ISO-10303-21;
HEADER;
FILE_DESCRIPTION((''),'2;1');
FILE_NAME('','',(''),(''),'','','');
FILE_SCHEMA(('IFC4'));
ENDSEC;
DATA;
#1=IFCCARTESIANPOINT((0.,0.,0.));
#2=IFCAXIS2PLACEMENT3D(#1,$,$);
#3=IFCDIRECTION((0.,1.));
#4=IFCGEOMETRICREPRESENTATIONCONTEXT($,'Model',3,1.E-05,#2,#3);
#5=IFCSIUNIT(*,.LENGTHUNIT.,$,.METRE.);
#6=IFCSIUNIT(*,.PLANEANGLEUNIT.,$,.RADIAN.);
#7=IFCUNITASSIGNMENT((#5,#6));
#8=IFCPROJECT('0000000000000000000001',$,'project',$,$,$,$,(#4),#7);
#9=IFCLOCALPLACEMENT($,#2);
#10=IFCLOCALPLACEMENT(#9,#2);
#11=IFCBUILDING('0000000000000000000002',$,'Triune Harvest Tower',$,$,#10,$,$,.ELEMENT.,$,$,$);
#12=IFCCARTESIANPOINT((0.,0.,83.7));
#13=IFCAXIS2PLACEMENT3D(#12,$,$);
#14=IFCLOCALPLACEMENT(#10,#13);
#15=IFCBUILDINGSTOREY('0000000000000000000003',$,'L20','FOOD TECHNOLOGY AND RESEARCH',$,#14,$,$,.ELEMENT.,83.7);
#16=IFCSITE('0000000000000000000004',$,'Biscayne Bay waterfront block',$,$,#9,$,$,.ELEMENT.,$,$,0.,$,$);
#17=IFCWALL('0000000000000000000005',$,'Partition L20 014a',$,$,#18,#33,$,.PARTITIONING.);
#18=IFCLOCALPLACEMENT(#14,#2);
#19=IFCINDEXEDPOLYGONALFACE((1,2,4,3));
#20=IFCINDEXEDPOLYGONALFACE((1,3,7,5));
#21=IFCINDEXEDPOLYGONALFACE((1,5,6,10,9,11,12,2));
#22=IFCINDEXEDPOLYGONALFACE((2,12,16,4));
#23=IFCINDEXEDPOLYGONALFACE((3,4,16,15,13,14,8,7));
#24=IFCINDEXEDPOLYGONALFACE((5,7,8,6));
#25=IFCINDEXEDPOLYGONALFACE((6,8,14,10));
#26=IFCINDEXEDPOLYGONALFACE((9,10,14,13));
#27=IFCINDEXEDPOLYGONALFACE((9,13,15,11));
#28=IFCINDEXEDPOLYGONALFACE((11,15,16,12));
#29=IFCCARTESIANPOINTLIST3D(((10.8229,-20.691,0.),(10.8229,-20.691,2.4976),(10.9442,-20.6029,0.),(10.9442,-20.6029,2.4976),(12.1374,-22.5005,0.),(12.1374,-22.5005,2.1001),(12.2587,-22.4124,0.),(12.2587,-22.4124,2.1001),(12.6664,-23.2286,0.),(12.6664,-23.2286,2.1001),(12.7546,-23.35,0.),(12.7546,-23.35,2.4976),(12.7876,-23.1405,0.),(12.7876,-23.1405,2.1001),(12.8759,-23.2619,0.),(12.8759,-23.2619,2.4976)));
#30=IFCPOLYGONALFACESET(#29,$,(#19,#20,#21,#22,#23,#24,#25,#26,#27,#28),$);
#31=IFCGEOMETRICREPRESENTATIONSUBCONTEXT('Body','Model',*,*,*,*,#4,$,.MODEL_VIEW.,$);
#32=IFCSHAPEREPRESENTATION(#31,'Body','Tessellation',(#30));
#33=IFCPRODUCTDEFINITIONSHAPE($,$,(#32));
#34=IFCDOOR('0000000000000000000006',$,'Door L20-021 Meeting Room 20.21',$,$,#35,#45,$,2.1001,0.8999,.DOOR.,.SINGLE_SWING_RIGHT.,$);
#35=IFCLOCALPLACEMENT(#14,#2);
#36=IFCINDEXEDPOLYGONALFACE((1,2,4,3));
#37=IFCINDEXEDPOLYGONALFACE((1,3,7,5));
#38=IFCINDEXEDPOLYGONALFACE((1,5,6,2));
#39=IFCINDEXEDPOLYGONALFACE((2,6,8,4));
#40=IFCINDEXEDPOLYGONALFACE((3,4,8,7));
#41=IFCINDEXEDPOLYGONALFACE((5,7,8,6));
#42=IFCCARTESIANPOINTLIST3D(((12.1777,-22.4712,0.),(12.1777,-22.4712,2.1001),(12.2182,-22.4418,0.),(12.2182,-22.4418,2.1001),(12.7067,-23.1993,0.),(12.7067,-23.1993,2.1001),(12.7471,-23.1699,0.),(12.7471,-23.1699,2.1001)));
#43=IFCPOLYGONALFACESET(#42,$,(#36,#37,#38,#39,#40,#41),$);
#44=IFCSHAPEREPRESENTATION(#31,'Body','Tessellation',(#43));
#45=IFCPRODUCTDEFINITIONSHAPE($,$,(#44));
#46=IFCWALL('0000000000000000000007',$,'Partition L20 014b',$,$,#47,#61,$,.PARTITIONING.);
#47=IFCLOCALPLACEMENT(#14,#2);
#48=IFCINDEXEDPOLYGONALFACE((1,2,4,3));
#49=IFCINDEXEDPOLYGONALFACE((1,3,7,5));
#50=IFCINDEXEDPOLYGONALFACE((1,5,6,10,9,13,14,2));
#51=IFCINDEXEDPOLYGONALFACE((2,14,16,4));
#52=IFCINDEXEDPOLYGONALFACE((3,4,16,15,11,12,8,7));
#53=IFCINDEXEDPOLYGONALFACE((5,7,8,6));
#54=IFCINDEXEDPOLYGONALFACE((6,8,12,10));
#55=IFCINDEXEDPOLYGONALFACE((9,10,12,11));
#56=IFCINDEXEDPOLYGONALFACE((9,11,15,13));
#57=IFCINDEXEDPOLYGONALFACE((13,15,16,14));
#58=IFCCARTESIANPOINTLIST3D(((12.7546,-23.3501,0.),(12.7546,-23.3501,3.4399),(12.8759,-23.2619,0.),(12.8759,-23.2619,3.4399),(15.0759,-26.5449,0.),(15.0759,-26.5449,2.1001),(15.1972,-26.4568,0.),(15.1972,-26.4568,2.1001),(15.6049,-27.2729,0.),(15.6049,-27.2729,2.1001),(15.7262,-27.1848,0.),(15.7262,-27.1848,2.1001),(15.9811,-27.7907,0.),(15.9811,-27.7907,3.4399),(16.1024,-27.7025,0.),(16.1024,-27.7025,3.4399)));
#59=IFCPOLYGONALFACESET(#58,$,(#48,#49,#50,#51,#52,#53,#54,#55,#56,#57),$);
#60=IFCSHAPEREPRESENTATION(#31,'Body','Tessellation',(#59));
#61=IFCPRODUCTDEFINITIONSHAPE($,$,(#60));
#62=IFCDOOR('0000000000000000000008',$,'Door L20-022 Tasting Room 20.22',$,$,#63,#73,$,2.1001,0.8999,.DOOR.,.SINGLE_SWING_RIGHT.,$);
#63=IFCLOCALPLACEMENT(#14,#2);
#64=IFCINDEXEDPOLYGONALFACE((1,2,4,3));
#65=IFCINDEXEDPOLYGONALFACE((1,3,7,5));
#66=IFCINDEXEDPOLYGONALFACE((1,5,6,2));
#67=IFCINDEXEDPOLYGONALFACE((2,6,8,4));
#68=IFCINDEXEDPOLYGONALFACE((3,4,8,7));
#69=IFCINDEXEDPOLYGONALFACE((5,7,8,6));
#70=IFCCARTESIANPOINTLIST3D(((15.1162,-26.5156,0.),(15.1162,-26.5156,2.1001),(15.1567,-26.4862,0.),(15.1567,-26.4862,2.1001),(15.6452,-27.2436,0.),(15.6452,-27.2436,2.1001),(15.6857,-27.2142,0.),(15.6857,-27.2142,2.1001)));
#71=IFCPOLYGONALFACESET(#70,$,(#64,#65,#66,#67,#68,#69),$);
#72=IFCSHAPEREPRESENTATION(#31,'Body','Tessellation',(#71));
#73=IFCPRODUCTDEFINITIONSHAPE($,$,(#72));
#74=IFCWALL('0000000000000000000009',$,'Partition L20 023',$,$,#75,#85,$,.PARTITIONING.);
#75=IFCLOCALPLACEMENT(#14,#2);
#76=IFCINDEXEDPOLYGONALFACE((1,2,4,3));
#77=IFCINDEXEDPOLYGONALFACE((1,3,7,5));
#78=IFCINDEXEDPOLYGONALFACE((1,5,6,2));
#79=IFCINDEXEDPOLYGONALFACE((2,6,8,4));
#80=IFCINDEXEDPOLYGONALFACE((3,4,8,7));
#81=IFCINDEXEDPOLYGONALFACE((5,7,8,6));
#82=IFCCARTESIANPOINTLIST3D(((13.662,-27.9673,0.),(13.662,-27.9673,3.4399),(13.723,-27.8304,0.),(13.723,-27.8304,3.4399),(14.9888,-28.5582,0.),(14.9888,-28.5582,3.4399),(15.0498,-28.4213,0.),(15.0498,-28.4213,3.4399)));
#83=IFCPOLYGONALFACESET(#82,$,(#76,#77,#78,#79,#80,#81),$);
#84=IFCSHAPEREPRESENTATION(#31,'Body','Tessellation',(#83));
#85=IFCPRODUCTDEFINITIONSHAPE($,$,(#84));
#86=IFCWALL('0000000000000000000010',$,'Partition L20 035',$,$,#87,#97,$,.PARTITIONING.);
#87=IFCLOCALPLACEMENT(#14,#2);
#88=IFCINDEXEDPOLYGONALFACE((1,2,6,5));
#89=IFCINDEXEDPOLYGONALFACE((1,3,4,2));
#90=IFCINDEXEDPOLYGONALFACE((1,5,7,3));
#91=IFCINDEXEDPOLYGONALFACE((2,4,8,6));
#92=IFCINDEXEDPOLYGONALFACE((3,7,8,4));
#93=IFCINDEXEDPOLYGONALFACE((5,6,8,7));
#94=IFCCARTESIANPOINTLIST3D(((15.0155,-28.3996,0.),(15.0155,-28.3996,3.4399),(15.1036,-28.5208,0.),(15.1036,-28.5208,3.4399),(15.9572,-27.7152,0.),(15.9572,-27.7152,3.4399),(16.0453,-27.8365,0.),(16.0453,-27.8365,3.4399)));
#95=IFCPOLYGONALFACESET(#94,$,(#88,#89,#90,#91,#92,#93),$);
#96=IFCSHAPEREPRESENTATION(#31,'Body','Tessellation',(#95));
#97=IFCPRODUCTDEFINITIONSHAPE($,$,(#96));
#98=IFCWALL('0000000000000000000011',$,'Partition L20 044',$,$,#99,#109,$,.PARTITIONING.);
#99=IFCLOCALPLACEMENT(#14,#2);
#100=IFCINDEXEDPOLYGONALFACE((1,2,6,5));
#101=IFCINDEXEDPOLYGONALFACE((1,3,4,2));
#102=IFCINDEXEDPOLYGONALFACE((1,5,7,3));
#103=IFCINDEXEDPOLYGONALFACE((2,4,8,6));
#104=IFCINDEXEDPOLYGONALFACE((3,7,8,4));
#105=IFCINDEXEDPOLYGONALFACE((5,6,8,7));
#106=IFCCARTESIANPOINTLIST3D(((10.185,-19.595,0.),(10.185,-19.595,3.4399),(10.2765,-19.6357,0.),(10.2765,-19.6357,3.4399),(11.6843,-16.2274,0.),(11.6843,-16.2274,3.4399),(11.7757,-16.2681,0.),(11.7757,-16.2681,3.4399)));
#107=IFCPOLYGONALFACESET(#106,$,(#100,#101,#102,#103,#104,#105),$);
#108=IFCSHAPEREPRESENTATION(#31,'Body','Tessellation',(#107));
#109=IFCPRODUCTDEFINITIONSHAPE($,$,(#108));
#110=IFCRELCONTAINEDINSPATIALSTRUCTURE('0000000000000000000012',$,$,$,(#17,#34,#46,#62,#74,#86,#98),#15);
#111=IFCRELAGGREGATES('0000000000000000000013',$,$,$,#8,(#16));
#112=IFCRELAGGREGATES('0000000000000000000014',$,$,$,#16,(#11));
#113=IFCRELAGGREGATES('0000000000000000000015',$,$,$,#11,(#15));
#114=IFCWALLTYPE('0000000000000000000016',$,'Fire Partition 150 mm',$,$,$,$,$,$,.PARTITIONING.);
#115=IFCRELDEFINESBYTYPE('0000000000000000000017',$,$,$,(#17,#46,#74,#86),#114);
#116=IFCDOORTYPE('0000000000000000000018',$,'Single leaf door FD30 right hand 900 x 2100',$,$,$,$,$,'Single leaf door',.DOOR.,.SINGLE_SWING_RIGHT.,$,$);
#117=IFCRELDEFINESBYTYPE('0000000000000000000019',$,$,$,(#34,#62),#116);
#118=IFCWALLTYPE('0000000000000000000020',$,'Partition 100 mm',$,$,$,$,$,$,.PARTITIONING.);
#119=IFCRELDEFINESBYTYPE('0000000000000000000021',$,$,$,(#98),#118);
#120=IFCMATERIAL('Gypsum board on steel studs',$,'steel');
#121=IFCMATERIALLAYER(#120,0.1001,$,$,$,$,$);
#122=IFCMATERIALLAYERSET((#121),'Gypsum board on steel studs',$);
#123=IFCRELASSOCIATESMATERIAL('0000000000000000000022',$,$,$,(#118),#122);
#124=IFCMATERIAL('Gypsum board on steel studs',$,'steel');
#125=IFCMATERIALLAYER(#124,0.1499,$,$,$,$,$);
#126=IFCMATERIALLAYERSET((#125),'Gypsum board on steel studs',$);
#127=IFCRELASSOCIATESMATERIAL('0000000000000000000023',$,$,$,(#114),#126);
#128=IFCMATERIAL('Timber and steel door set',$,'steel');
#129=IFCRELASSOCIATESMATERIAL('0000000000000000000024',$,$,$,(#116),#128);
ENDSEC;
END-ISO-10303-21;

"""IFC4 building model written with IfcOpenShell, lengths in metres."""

from ifc_helpers import new_model, si_unit, direction, frame, frame_2d, origin, place, context, subcontext, project, spatial, rectangle, extrude, source, transform, mapped, material, layer, layer_set, type_object, element, fill, save


model = new_model("IFC4")

# Units and contexts
model_context = context("Model", 3, precision=1e-05, world=origin(), true_north=direction((0.0, 1.0)))
body_context = subcontext(model_context, "Body", "Model", "MODEL_VIEW")
ifc_project = project(units=[si_unit("LENGTHUNIT", "METRE"), si_unit("PLANEANGLEUNIT", "RADIAN")], contexts=[model_context])

# Site, building, storey
site_placement = place(None, origin())
site = spatial("IfcSite", under=ifc_project, at=site_placement, Name="Biscayne Bay waterfront block", CompositionType="ELEMENT", RefElevation=0.0)
building_placement = place(site_placement, origin())
building = spatial("IfcBuilding", under=site, at=building_placement, Name="Triune Harvest Tower", CompositionType="ELEMENT")
storey_placement = place(building_placement, frame((0.0, 0.0, 83.7)))
storey = spatial("IfcBuildingStorey", under=building, at=storey_placement, Name="L20", Description="FOOD TECHNOLOGY AND RESEARCH", CompositionType="ELEMENT", Elevation=83.7)

# Shared definitions
ifc_material_1 = material(Name="Gypsum board on steel studs", Category="steel")
ifc_layer_1 = layer(ifc_material_1, 0.1001)
ifc_layer_set_1 = layer_set([ifc_layer_1], Name="Gypsum board on steel studs")
wall_type_1 = type_object("IfcWallType", Name="Partition 100 mm", PredefinedType="PARTITIONING", material=ifc_layer_set_1)

# Walls, openings, doors
ifc_material_2 = material(Name="Gypsum board on steel studs", Category="steel")
ifc_layer_2 = layer(ifc_material_2, 0.1499)
ifc_layer_set_2 = layer_set([ifc_layer_2], Name="Gypsum board on steel studs")
wall_type_2 = type_object("IfcWallType", Name="Fire Partition 150 mm", PredefinedType="PARTITIONING", material=ifc_layer_set_2)
shared_shape_1 = source(origin(), body_context, "Body", "SweptSolid", [
    extrude(rectangle(XDim=3.2866, YDim=0.1499, at=frame_2d((1.6433, 0.0))), origin(), (0.0, 0.0, 1.0), 2.4976),
])
wall_1_placement = place(storey_placement, frame((10.8835, -20.647, 0.0), z_axis=(0.0, 0.0, 1.0), x_axis=(0.587748, -0.809044, 0.0)))
wall_1 = element("IfcWall", 1, at=wall_1_placement, inside=storey, type_object=wall_type_2, Name="Partition L20 014a", PredefinedType="PARTITIONING", context=body_context, shape_type="MappedRepresentation", body=[
    mapped(shared_shape_1, transform((0.0, 0.0, 0.0), scale=1.0)),
])
opening_1_placement = place(wall_1_placement, frame((2.2366, 0.0, 0.0)))
opening_1 = element("IfcOpeningElement", 2, at=opening_1_placement, cuts=wall_1, PredefinedType="OPENING", context=body_context, shape_type="SweptSolid", body=[
    extrude(rectangle(XDim=0.8999, YDim=2.1001, at=frame_2d((0.45, 1.05))), frame((0.0, 0.085, 0.0), z_axis=(0.0, -1.0, 0.0), x_axis=(1.0, 0.0, 0.0)), (0.0, 0.0, 1.0), 0.1699),
])
ifc_material_3 = material(Name="Timber and steel door set", Category="steel")
door_type = type_object("IfcDoorType", Name="Single leaf door FD30 right hand 900 x 2100", ElementType="Single leaf door", OperationType="SINGLE_SWING_RIGHT", PredefinedType="DOOR", material=ifc_material_3)
door_1_placement = place(opening_1_placement, origin())
door_1 = element("IfcDoor", 3, at=door_1_placement, inside=storey, type_object=door_type, Name="Door L20-021 Meeting Room 20.21", OperationType="SINGLE_SWING_RIGHT", OverallHeight=2.1001, OverallWidth=0.8999, PredefinedType="DOOR", context=body_context, shape_type="SweptSolid", body=[
    extrude(rectangle(XDim=0.8999, YDim=2.1001, at=frame_2d((0.45, 1.05))), frame((0.0, 0.0249, 0.0), z_axis=(0.0, -1.0, 0.0), x_axis=(1.0, 0.0, 0.0)), (0.0, 0.0, 1.0), 0.05),
])
fill(opening_1, door_1)
shared_shape_2 = source(origin(), body_context, "Body", "SweptSolid", [
    extrude(rectangle(XDim=5.489, YDim=0.1499, at=frame_2d((2.7446, 0.0))), origin(), (0.0, 0.0, 1.0), 3.4399),
])
wall_2_placement = place(storey_placement, frame((12.8152, -23.3059, 0.0), z_axis=(0.0, 0.0, 1.0), x_axis=(0.587812, -0.808998, 0.0)))
wall_2 = element("IfcWall", 4, at=wall_2_placement, inside=storey, type_object=wall_type_2, Name="Partition L20 014b", PredefinedType="PARTITIONING", context=body_context, shape_type="MappedRepresentation", body=[
    mapped(shared_shape_2, transform((0.0, 0.0, 0.0), scale=1.0)),
])
opening_2_placement = place(wall_2_placement, frame((3.9492, 0.0, 0.0)))
opening_2 = element("IfcOpeningElement", 5, at=opening_2_placement, cuts=wall_2, PredefinedType="OPENING", context=body_context, shape_type="SweptSolid", body=[
    extrude(rectangle(XDim=0.8999, YDim=2.1001, at=frame_2d((0.45, 1.05))), frame((0.0, 0.085, 0.0), z_axis=(0.0, -1.0, 0.0), x_axis=(1.0, 0.0, 0.0)), (0.0, 0.0, 1.0), 0.1699),
])
door_2_placement = place(opening_2_placement, origin())
door_2 = element("IfcDoor", 6, at=door_2_placement, inside=storey, type_object=door_type, Name="Door L20-022 Tasting Room 20.22", OperationType="SINGLE_SWING_RIGHT", OverallHeight=2.1001, OverallWidth=0.8999, PredefinedType="DOOR", context=body_context, shape_type="SweptSolid", body=[
    extrude(rectangle(XDim=0.8999, YDim=2.1001, at=frame_2d((0.45, 1.05))), frame((0.0, 0.0249, 0.0), z_axis=(0.0, -1.0, 0.0), x_axis=(1.0, 0.0, 0.0)), (0.0, 0.0, 1.0), 0.05),
])
fill(opening_2, door_2)

# Walls
shared_shape_3 = source(origin(), body_context, "Body", "SweptSolid", [
    extrude(rectangle(XDim=1.4524, YDim=0.1499, at=frame_2d((0.7261, 0.0))), origin(), (0.0, 0.0, 1.0), 3.4399),
])
wall_3_placement = place(storey_placement, frame((13.6926, -27.8989, 0.0), z_axis=(0.0, 0.0, 1.0), x_axis=(0.913506, -0.406825, 0.0)))
element("IfcWall", 7, at=wall_3_placement, inside=storey, type_object=wall_type_2, Name="Partition L20 023", PredefinedType="PARTITIONING", context=body_context, shape_type="MappedRepresentation", body=[
    mapped(shared_shape_3, transform((0.0, 0.0, 0.0), scale=1.0)),
])
shared_shape_4 = source(origin(), body_context, "Body", "SweptSolid", [
    extrude(rectangle(XDim=1.1641, YDim=0.1499, at=frame_2d((0.582, 0.0))), origin(), (0.0, 0.0, 1.0), 3.4399),
])
wall_4_placement = place(storey_placement, frame((15.0596, -28.4602, 0.0), z_axis=(0.0, 0.0, 1.0), x_axis=(0.808945, 0.587885, 0.0)))
element("IfcWall", 8, at=wall_4_placement, inside=storey, type_object=wall_type_2, Name="Partition L20 035", PredefinedType="PARTITIONING", context=body_context, shape_type="MappedRepresentation", body=[
    mapped(shared_shape_4, transform((0.0, 0.0, 0.0), scale=1.0)),
])
shared_shape_5 = source(origin(), body_context, "Body", "SweptSolid", [
    extrude(rectangle(XDim=3.6863, YDim=0.1001, at=frame_2d((1.8433, 0.0))), origin(), (0.0, 0.0, 1.0), 3.4399),
])
wall_5_placement = place(storey_placement, frame((10.2307, -19.6155, 0.0), z_axis=(0.0, 0.0, 1.0), x_axis=(0.40671, 0.913557, 0.0)))
element("IfcWall", 9, at=wall_5_placement, inside=storey, type_object=wall_type_1, Name="Partition L20 044", PredefinedType="PARTITIONING", context=body_context, shape_type="MappedRepresentation", body=[
    mapped(shared_shape_5, transform((0.0, 0.0, 0.0), scale=1.0)),
])

save(model, "model.ifc")
